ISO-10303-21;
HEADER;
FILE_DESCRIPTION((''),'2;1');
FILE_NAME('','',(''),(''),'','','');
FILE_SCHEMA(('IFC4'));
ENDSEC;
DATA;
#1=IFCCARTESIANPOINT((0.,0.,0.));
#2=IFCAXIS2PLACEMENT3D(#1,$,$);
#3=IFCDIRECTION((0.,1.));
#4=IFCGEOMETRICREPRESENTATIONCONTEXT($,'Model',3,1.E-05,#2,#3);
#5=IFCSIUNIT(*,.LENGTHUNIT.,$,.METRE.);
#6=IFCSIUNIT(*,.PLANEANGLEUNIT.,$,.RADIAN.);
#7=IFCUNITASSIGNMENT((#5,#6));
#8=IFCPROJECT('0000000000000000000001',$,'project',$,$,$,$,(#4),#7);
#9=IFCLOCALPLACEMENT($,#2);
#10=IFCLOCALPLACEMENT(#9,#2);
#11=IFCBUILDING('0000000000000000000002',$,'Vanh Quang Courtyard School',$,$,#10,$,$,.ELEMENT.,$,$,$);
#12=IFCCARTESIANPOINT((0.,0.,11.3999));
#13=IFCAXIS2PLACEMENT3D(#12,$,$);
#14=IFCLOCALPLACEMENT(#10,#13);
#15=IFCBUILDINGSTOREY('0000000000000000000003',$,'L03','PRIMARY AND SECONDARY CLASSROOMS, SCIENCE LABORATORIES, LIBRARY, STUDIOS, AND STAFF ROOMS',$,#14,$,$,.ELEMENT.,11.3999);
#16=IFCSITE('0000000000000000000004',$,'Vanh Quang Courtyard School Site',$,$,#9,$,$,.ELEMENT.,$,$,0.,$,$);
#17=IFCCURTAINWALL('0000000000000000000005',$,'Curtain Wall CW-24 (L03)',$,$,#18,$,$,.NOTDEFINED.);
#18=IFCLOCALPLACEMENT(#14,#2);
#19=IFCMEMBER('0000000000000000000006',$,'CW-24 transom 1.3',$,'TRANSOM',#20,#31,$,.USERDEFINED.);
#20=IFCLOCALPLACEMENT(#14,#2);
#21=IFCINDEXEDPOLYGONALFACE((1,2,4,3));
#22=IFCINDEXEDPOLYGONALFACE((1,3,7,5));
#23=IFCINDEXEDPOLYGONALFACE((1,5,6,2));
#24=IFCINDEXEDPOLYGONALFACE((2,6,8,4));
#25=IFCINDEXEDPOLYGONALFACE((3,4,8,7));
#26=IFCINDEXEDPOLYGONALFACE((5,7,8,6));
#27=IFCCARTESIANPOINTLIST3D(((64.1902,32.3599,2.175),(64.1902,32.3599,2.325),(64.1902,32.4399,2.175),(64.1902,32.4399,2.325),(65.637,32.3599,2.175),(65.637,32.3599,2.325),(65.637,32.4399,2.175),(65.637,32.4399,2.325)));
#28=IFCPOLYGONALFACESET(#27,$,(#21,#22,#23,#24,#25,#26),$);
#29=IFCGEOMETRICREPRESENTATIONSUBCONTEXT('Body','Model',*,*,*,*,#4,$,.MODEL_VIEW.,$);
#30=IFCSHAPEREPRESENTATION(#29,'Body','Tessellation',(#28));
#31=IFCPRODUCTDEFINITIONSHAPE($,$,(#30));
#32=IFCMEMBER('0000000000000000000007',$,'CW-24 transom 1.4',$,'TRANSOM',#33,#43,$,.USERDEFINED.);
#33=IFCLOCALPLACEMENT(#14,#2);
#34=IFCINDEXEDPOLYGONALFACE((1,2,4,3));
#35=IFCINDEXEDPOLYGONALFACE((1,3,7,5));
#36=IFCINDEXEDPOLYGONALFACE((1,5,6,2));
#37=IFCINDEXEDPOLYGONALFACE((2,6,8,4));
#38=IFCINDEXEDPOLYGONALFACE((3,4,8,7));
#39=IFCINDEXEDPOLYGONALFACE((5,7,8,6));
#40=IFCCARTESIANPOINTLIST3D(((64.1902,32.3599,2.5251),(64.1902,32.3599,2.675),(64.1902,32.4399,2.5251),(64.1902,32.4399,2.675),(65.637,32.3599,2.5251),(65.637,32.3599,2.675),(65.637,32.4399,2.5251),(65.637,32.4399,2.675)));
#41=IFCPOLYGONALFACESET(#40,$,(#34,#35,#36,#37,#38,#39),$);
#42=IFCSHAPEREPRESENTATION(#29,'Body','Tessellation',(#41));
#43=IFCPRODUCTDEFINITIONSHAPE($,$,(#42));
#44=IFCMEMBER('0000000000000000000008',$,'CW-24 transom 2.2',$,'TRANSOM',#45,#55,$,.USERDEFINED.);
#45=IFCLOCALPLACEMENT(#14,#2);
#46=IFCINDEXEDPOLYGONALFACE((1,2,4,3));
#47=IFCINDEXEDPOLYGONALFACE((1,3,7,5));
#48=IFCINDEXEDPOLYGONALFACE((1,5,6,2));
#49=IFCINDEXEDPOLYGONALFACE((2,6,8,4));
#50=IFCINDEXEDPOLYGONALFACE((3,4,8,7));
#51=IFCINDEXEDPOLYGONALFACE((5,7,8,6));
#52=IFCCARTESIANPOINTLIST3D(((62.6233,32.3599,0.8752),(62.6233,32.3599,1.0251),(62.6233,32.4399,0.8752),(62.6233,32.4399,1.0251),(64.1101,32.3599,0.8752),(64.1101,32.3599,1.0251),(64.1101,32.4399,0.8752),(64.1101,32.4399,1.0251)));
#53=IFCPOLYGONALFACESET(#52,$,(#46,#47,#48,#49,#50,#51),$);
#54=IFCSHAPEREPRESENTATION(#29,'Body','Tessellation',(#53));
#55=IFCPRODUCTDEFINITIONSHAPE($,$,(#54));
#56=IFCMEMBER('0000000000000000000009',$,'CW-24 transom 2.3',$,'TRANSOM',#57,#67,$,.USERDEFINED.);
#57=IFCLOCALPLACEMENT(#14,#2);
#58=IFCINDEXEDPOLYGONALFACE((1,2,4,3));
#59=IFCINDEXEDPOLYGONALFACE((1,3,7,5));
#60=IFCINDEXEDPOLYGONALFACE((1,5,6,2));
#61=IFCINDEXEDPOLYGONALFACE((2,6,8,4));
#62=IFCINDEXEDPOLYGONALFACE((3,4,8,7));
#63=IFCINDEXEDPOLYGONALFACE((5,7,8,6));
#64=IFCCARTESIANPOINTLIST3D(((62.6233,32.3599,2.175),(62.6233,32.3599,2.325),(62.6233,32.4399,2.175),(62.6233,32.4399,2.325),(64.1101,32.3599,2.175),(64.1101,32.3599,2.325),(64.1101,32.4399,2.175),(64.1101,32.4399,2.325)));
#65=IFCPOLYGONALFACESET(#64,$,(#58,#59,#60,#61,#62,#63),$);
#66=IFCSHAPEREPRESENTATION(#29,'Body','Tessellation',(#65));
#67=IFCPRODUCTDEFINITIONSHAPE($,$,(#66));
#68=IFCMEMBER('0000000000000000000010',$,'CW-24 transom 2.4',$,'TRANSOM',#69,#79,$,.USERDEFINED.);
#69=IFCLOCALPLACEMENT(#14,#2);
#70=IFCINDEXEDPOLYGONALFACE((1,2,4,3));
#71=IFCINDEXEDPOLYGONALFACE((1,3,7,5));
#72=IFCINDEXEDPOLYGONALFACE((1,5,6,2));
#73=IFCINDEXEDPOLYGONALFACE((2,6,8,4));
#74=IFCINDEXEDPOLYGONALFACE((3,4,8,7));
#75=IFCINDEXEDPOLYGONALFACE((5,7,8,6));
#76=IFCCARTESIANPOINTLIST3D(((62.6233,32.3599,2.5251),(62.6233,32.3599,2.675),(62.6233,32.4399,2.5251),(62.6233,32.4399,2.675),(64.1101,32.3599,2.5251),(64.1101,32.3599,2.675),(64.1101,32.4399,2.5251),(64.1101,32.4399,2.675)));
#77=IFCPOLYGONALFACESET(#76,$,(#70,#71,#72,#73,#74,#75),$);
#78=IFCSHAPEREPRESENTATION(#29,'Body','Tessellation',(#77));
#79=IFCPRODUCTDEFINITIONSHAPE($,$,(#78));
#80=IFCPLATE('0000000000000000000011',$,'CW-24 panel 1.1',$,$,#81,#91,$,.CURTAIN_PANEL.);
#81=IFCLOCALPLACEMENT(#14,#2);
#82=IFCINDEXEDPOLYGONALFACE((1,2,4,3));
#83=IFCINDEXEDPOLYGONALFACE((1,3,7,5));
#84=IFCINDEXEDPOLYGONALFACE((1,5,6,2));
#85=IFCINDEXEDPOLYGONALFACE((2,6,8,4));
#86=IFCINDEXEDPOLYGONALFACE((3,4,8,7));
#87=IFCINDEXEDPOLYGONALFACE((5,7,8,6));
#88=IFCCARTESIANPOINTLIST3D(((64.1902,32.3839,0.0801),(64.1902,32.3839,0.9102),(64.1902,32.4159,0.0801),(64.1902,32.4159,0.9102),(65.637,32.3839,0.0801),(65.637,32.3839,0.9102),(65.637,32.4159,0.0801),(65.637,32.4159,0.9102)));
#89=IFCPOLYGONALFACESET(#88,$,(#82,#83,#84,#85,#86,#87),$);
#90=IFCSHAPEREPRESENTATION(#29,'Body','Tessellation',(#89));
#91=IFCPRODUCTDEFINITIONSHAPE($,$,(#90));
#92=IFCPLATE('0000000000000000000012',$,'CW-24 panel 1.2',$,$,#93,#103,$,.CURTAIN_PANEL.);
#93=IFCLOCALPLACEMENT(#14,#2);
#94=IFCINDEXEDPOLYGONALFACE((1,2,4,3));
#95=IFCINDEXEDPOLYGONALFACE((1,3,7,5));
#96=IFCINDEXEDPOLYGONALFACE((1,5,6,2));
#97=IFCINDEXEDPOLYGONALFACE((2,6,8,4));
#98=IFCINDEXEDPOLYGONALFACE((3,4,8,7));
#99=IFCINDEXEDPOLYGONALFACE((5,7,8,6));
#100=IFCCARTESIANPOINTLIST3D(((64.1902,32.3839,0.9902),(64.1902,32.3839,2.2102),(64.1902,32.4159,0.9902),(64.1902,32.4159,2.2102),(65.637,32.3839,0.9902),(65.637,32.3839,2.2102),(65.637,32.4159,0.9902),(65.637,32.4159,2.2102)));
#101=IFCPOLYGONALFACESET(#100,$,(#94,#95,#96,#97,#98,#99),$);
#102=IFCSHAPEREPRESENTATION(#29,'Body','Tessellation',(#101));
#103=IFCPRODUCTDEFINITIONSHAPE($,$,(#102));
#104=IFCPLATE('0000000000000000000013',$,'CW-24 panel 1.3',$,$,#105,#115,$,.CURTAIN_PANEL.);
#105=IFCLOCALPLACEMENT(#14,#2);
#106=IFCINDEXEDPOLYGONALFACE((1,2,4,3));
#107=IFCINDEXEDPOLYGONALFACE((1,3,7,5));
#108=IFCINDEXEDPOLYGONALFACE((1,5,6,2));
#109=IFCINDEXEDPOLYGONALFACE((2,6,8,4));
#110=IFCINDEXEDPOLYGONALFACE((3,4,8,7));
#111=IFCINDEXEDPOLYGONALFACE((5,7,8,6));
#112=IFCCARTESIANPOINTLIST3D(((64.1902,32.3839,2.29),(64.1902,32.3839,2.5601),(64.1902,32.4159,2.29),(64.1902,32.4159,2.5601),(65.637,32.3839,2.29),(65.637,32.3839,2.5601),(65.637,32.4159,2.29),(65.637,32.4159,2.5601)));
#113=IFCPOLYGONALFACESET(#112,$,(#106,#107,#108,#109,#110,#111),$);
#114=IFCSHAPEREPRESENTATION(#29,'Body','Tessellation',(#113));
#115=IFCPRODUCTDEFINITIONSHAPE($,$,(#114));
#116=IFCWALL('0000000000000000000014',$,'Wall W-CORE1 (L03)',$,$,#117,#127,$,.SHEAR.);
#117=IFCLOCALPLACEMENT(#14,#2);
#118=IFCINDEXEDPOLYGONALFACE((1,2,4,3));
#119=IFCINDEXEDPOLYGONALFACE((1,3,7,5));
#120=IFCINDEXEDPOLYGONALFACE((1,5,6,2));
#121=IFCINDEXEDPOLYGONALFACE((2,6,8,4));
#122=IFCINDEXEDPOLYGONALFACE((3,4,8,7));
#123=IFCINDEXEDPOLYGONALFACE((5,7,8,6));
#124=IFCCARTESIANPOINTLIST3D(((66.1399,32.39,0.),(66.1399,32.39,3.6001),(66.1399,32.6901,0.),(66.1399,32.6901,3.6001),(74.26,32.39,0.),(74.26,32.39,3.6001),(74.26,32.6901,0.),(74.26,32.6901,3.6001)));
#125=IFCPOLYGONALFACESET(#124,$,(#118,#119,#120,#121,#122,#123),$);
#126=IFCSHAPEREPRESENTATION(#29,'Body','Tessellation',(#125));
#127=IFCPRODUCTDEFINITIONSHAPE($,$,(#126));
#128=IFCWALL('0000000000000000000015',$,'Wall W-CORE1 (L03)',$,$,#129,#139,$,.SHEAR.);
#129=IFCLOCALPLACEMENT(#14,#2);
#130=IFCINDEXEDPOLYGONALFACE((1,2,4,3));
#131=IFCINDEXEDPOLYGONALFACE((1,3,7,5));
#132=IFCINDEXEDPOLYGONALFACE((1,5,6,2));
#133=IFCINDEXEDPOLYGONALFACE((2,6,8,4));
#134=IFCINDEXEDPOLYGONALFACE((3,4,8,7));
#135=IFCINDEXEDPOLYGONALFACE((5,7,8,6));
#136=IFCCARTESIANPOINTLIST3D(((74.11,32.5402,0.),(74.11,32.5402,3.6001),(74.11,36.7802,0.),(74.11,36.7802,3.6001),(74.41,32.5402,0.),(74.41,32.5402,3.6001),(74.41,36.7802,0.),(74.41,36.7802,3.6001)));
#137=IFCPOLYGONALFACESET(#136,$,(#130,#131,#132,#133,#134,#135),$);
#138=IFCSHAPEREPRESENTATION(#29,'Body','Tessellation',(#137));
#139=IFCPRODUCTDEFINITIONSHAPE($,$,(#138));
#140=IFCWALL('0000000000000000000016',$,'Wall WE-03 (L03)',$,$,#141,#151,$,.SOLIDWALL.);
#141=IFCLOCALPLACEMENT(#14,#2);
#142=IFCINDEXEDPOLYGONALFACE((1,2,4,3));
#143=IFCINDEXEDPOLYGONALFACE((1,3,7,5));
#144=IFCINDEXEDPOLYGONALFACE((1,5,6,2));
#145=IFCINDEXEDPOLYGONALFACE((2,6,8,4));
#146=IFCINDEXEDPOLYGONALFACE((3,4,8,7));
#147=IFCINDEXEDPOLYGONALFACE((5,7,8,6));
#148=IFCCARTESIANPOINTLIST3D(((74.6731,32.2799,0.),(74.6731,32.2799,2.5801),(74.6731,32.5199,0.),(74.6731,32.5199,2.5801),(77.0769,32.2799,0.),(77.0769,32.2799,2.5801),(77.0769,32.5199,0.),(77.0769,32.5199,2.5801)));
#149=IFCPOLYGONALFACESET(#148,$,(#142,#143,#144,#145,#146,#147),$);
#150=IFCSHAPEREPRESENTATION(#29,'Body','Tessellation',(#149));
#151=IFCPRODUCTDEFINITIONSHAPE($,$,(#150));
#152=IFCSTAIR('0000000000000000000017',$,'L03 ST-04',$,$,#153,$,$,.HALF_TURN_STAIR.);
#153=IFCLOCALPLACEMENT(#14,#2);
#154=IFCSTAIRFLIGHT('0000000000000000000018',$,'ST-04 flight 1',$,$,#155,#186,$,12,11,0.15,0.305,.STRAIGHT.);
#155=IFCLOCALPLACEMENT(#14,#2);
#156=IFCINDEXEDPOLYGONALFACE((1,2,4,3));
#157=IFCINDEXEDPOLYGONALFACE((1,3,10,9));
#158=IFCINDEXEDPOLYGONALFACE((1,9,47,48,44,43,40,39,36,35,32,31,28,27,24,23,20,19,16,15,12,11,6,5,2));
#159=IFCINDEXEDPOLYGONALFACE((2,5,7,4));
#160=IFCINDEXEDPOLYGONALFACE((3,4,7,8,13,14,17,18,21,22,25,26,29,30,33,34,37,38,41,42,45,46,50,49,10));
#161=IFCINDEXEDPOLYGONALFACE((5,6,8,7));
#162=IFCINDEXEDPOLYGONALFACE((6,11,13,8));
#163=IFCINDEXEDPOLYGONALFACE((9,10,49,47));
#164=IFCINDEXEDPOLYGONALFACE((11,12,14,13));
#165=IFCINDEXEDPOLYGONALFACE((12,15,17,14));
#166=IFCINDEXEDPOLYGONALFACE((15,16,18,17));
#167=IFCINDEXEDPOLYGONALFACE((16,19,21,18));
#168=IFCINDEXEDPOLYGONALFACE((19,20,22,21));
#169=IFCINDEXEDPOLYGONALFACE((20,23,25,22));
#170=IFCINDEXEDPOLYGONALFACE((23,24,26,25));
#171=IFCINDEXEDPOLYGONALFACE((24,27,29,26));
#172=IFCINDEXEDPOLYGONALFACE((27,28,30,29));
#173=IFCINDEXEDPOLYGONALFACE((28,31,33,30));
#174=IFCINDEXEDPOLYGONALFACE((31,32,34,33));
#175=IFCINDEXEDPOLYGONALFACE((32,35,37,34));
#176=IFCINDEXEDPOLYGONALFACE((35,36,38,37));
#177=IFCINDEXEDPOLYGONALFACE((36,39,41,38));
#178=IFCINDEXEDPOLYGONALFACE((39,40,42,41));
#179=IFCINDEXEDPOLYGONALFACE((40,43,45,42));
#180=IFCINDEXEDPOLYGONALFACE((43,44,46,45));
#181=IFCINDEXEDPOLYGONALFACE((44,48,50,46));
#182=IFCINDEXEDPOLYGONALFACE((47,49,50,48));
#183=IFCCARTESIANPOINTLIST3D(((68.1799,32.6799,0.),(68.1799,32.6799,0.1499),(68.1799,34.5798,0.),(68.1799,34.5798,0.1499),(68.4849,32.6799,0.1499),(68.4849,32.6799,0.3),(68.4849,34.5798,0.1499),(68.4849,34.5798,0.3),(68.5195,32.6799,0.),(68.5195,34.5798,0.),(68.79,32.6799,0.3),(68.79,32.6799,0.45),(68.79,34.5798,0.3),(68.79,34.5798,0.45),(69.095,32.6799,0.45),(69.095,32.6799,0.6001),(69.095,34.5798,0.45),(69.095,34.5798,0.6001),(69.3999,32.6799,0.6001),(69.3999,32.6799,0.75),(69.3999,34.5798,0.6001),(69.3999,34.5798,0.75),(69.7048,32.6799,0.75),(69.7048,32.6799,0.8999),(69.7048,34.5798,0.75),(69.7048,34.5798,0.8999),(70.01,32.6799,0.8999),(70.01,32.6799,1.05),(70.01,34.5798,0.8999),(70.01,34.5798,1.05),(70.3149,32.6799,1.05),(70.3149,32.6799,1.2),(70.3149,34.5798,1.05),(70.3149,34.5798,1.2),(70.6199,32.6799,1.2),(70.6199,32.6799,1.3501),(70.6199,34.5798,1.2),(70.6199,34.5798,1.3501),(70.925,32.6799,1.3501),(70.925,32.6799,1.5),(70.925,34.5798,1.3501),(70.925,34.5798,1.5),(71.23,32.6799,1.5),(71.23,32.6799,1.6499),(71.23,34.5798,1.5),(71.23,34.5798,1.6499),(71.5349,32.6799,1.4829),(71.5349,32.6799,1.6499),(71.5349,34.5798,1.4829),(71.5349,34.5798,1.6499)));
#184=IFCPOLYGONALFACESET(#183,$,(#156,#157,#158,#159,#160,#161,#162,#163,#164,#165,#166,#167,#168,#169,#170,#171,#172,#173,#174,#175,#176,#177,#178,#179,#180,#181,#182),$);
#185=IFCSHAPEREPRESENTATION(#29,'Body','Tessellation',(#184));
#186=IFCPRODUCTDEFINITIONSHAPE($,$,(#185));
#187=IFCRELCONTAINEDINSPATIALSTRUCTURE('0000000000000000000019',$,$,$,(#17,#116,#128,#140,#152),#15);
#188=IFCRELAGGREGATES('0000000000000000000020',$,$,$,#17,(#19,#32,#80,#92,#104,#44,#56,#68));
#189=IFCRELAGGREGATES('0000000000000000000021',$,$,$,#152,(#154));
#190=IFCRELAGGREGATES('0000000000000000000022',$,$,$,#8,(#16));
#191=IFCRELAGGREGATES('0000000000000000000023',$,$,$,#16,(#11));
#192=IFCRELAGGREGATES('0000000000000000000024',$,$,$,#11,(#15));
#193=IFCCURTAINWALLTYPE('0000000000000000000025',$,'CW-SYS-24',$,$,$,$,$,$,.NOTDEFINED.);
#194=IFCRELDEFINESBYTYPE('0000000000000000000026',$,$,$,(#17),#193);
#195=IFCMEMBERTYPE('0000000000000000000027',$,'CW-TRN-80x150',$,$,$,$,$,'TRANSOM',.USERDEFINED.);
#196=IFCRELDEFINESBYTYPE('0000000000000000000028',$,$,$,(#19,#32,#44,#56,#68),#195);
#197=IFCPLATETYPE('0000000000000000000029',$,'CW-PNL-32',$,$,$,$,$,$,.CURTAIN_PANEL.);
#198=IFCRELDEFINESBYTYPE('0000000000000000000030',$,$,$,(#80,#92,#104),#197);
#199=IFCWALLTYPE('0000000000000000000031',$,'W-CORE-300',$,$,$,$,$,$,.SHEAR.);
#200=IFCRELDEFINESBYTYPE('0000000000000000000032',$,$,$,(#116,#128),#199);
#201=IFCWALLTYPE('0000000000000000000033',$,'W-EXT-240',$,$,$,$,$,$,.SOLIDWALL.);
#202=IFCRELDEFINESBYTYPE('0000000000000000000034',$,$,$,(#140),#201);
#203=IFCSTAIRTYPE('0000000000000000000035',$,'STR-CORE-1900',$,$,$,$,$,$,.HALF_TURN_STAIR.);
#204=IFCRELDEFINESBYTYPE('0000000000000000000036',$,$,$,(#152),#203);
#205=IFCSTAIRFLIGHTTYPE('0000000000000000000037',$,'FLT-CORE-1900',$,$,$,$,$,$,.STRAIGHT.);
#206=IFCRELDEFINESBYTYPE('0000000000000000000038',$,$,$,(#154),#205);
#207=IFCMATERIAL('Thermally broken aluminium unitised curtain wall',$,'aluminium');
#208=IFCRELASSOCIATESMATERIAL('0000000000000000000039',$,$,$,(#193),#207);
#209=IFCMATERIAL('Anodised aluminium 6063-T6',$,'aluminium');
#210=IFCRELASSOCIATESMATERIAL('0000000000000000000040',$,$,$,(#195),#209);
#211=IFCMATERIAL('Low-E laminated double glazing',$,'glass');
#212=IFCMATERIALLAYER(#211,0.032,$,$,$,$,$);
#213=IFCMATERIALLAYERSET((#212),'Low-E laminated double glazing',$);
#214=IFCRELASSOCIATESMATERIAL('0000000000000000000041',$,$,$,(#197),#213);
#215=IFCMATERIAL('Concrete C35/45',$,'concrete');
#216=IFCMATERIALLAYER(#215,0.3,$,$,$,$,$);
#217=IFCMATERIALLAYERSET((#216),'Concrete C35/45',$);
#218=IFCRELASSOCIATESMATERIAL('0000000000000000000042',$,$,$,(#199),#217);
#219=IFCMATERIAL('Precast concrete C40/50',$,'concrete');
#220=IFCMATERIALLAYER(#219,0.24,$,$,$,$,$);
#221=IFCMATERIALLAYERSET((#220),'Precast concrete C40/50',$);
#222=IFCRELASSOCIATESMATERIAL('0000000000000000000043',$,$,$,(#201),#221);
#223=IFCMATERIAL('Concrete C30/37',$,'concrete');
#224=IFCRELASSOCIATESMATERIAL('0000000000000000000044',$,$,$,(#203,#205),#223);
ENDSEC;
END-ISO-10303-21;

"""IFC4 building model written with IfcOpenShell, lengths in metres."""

from ifc_helpers import new_model, si_unit, direction, frame, frame_2d, origin, origin_2d, place, context, subcontext, project, spatial, polyline, rectangle, outline, extrude, material, layer, layer_set, material_profile, profile_set, type_object, element, aggregate, save


model = new_model("IFC4")

# Units and contexts
model_context = context("Model", 3, precision=1e-05, world=origin(), true_north=direction((0.0, 1.0)))
body_context = subcontext(model_context, "Body", "Model", "MODEL_VIEW")
ifc_project = project(units=[si_unit("LENGTHUNIT", "METRE"), si_unit("PLANEANGLEUNIT", "RADIAN")], contexts=[model_context])

# Site, building, storey
site_placement = place(None, origin())
site = spatial("IfcSite", under=ifc_project, at=site_placement, Name="Vanh Quang Courtyard School Site", CompositionType="ELEMENT", RefElevation=0.0)
building_placement = place(site_placement, origin())
building = spatial("IfcBuilding", under=site, at=building_placement, Name="Vanh Quang Courtyard School", CompositionType="ELEMENT")
storey_placement = place(building_placement, frame((0.0, 0.0, 11.3999)))
storey = spatial("IfcBuildingStorey", under=building, at=storey_placement, Name="L03", Description="PRIMARY AND SECONDARY CLASSROOMS, SCIENCE LABORATORIES, LIBRARY, STUDIOS, AND STAFF ROOMS", CompositionType="ELEMENT", Elevation=11.3999)

# Shared definitions
ifc_material_1 = material(Name="Concrete C35/45", Category="concrete")

# Curtain wall, members, plates
ifc_material_2 = material(Name="Thermally broken aluminium unitised curtain wall", Category="aluminium")
curtain_wall_type = type_object("IfcCurtainWallType", Name="CW-SYS-24", PredefinedType="NOTDEFINED", material=ifc_material_2)
curtain_wall_placement = place(storey_placement, origin())
curtain_wall = element("IfcCurtainWall", 1, at=curtain_wall_placement, inside=storey, type_object=curtain_wall_type, Name="Curtain Wall CW-24 (L03)", PredefinedType="NOTDEFINED")
ifc_material_3 = material(Name="Anodised aluminium 6063-T6", Category="aluminium")
ifc_material_profile_1 = material_profile(ifc_material_3, rectangle(XDim=0.0801, YDim=0.1499, at=origin_2d()), Name="ALU-TRN 80x150")
ifc_profile_set_1 = profile_set([ifc_material_profile_1], Name="Anodised aluminium 6063-T6")
member_type_1 = type_object("IfcMemberType", Name="CW-TRN-80x150", ElementType="TRANSOM", PredefinedType="USERDEFINED", material=ifc_profile_set_1)
member_1_placement = place(storey_placement, frame((65.637, 32.3999, 2.25), z_axis=(-1.0, 0.0, 0.0), x_axis=(0.0, -1.0, 0.0)))
member_1 = element("IfcMember", 2, at=member_1_placement, type_object=member_type_1, Name="CW-24 transom 1.3", ObjectType="TRANSOM", PredefinedType="USERDEFINED", context=body_context, shape_type="SweptSolid", body=[
    extrude(rectangle(XDim=0.0801, YDim=0.1499, at=origin_2d()), origin(), (0.0, 0.0, 1.0), 1.4468),
])
member_2_placement = place(storey_placement, frame((65.637, 32.3999, 2.6001), z_axis=(-1.0, 0.0, 0.0), x_axis=(0.0, -1.0, 0.0)))
member_2 = element("IfcMember", 3, at=member_2_placement, type_object=member_type_1, Name="CW-24 transom 1.4", ObjectType="TRANSOM", PredefinedType="USERDEFINED", context=body_context, shape_type="SweptSolid", body=[
    extrude(rectangle(XDim=0.0801, YDim=0.1499, at=origin_2d()), origin(), (0.0, 0.0, 1.0), 1.4468),
])
member_3_placement = place(storey_placement, frame((64.1101, 32.3999, 0.9502), z_axis=(-1.0, 0.0, 0.0), x_axis=(0.0, -1.0, 0.0)))
member_3 = element("IfcMember", 4, at=member_3_placement, type_object=member_type_1, Name="CW-24 transom 2.2", ObjectType="TRANSOM", PredefinedType="USERDEFINED", context=body_context, shape_type="SweptSolid", body=[
    extrude(rectangle(XDim=0.0801, YDim=0.1499, at=origin_2d()), origin(), (0.0, 0.0, 1.0), 1.4868),
])
member_4_placement = place(storey_placement, frame((64.1101, 32.3999, 2.25), z_axis=(-1.0, 0.0, 0.0), x_axis=(0.0, -1.0, 0.0)))
member_4 = element("IfcMember", 5, at=member_4_placement, type_object=member_type_1, Name="CW-24 transom 2.3", ObjectType="TRANSOM", PredefinedType="USERDEFINED", context=body_context, shape_type="SweptSolid", body=[
    extrude(rectangle(XDim=0.0801, YDim=0.1499, at=origin_2d()), origin(), (0.0, 0.0, 1.0), 1.4868),
])
member_5_placement = place(storey_placement, frame((64.1101, 32.3999, 2.6001), z_axis=(-1.0, 0.0, 0.0), x_axis=(0.0, -1.0, 0.0)))
member_5 = element("IfcMember", 6, at=member_5_placement, type_object=member_type_1, Name="CW-24 transom 2.4", ObjectType="TRANSOM", PredefinedType="USERDEFINED", context=body_context, shape_type="SweptSolid", body=[
    extrude(rectangle(XDim=0.0801, YDim=0.1499, at=origin_2d()), origin(), (0.0, 0.0, 1.0), 1.4868),
])
ifc_material_4 = material(Name="Low-E laminated double glazing", Category="glass")
ifc_layer_1 = layer(ifc_material_4, 0.032)
ifc_layer_set_1 = layer_set([ifc_layer_1], Name="Low-E laminated double glazing")
plate_type = type_object("IfcPlateType", Name="CW-PNL-32", PredefinedType="CURTAIN_PANEL", material=ifc_layer_set_1)
plate_1_placement = place(storey_placement, frame((64.9136, 32.3999, 0.0801), z_axis=(0.0, 0.0, 1.0), x_axis=(-1.0, 0.0, 0.0)))
plate_1 = element("IfcPlate", 7, at=plate_1_placement, type_object=plate_type, Name="CW-24 panel 1.1", PredefinedType="CURTAIN_PANEL", context=body_context, shape_type="SweptSolid", body=[
    extrude(rectangle(XDim=1.4468, YDim=0.032, at=origin_2d()), origin(), (0.0, 0.0, 1.0), 0.8301),
])
plate_2_placement = place(storey_placement, frame((64.9136, 32.3999, 0.9902), z_axis=(0.0, 0.0, 1.0), x_axis=(-1.0, 0.0, 0.0)))
plate_2 = element("IfcPlate", 8, at=plate_2_placement, type_object=plate_type, Name="CW-24 panel 1.2", PredefinedType="CURTAIN_PANEL", context=body_context, shape_type="SweptSolid", body=[
    extrude(rectangle(XDim=1.4468, YDim=0.032, at=origin_2d()), origin(), (0.0, 0.0, 1.0), 1.22),
])
plate_3_placement = place(storey_placement, frame((64.9136, 32.3999, 2.29), z_axis=(0.0, 0.0, 1.0), x_axis=(-1.0, 0.0, 0.0)))
plate_3 = element("IfcPlate", 9, at=plate_3_placement, type_object=plate_type, Name="CW-24 panel 1.3", PredefinedType="CURTAIN_PANEL", context=body_context, shape_type="SweptSolid", body=[
    extrude(rectangle(XDim=1.4468, YDim=0.032, at=origin_2d()), origin(), (0.0, 0.0, 1.0), 0.27),
])
aggregate(curtain_wall, [member_1, member_2, plate_1, plate_2, plate_3, member_3, member_4, member_5])

# Walls
ifc_layer_2 = layer(ifc_material_1, 0.3)
ifc_layer_set_2 = layer_set([ifc_layer_2], Name="Concrete C35/45")
wall_type_1 = type_object("IfcWallType", Name="W-CORE-300", PredefinedType="SHEAR", material=ifc_layer_set_2)
wall_1_placement = place(storey_placement, frame((66.1399, 32.54, 0.0), z_axis=(0.0, 0.0, 1.0), x_axis=(1.0, 0.0, 0.0)))
element("IfcWall", 10, at=wall_1_placement, inside=storey, type_object=wall_type_1, Name="Wall W-CORE1 (L03)", PredefinedType="SHEAR", context=body_context, shape_type="SweptSolid", body=[
    extrude(rectangle(XDim=8.1201, YDim=0.3, at=frame_2d((4.0601, 0.0))), origin(), (0.0, 0.0, 1.0), 3.6001),
])
wall_2_placement = place(storey_placement, frame((74.26, 32.54, 0.0), z_axis=(0.0, 0.0, 1.0), x_axis=(0.0, 1.0, 0.0)))
element("IfcWall", 11, at=wall_2_placement, inside=storey, type_object=wall_type_1, Name="Wall W-CORE1 (L03)", PredefinedType="SHEAR", context=body_context, shape_type="SweptSolid", body=[
    extrude(rectangle(XDim=4.24, YDim=0.3, at=frame_2d((2.1201, 0.0))), origin(), (0.0, 0.0, 1.0), 3.6001),
])
ifc_material_5 = material(Name="Precast concrete C40/50", Category="concrete")
ifc_layer_3 = layer(ifc_material_5, 0.24)
ifc_layer_set_3 = layer_set([ifc_layer_3], Name="Precast concrete C40/50")
wall_type_2 = type_object("IfcWallType", Name="W-EXT-240", PredefinedType="SOLIDWALL", material=ifc_layer_set_3)
wall_3_placement = place(storey_placement, frame((77.0769, 32.3999, 0.0), z_axis=(0.0, 0.0, 1.0), x_axis=(-1.0, 0.0, 0.0)))
element("IfcWall", 12, at=wall_3_placement, inside=storey, type_object=wall_type_2, Name="Wall WE-03 (L03)", PredefinedType="SOLIDWALL", context=body_context, shape_type="SweptSolid", body=[
    extrude(rectangle(XDim=2.4038, YDim=0.24, at=frame_2d((1.2019, 0.0))), origin(), (0.0, 0.0, 1.0), 2.5801),
])

# Stair, stair flight
ifc_material_6 = material(Name="Concrete C30/37", Category="concrete")
stair_type = type_object("IfcStairType", Name="STR-CORE-1900", PredefinedType="HALF_TURN_STAIR", material=ifc_material_6)
stair_placement = place(storey_placement, origin())
stair = element("IfcStair", 13, at=stair_placement, inside=storey, type_object=stair_type, Name="L03 ST-04", PredefinedType="HALF_TURN_STAIR")
stair_flight_type = type_object("IfcStairFlightType", Name="FLT-CORE-1900", PredefinedType="STRAIGHT", material=ifc_material_6)
stair_flight_placement = place(storey_placement, frame((68.1799, 33.6299, 0.0), z_axis=(0.0, 0.0, 1.0), x_axis=(1.0, 0.0, 0.0)))
stair_flight = element("IfcStairFlight", 14, at=stair_flight_placement, type_object=stair_flight_type, Name="ST-04 flight 1", NumberOfRisers=12, NumberOfTreads=11, PredefinedType="STRAIGHT", RiserHeight=0.15, TreadLength=0.305, context=body_context, shape_type="SweptSolid", body=[
    extrude(outline(polyline([(0.0, 0.0), (0.0, 0.1499), (0.3049, 0.1499), (0.3049, 0.3), (0.6101, 0.3), (0.6101, 0.45), (0.915, 0.45), (0.915, 0.6001), (1.22, 0.6001), (1.22, 0.75), (1.5249, 0.75), (1.5249, 0.8999), (1.8301, 0.8999), (1.8301, 1.05), (2.135, 1.05), (2.135, 1.2), (2.4399, 1.2), (2.4399, 1.3501), (2.7451, 1.3501), (2.7451, 1.5), (3.05, 1.5), (3.05, 1.6499), (3.355, 1.6499), (3.355, 1.8), (3.355, 1.4829), (0.3396, 0.0), (0.0, 0.0)])), frame((0.0, 0.95, 0.0), z_axis=(0.0, -1.0, 0.0), x_axis=(1.0, 0.0, 0.0)), (0.0, 0.0, 1.0), 1.8999),
])
aggregate(stair, [stair_flight])

save(model, "model.ifc")
